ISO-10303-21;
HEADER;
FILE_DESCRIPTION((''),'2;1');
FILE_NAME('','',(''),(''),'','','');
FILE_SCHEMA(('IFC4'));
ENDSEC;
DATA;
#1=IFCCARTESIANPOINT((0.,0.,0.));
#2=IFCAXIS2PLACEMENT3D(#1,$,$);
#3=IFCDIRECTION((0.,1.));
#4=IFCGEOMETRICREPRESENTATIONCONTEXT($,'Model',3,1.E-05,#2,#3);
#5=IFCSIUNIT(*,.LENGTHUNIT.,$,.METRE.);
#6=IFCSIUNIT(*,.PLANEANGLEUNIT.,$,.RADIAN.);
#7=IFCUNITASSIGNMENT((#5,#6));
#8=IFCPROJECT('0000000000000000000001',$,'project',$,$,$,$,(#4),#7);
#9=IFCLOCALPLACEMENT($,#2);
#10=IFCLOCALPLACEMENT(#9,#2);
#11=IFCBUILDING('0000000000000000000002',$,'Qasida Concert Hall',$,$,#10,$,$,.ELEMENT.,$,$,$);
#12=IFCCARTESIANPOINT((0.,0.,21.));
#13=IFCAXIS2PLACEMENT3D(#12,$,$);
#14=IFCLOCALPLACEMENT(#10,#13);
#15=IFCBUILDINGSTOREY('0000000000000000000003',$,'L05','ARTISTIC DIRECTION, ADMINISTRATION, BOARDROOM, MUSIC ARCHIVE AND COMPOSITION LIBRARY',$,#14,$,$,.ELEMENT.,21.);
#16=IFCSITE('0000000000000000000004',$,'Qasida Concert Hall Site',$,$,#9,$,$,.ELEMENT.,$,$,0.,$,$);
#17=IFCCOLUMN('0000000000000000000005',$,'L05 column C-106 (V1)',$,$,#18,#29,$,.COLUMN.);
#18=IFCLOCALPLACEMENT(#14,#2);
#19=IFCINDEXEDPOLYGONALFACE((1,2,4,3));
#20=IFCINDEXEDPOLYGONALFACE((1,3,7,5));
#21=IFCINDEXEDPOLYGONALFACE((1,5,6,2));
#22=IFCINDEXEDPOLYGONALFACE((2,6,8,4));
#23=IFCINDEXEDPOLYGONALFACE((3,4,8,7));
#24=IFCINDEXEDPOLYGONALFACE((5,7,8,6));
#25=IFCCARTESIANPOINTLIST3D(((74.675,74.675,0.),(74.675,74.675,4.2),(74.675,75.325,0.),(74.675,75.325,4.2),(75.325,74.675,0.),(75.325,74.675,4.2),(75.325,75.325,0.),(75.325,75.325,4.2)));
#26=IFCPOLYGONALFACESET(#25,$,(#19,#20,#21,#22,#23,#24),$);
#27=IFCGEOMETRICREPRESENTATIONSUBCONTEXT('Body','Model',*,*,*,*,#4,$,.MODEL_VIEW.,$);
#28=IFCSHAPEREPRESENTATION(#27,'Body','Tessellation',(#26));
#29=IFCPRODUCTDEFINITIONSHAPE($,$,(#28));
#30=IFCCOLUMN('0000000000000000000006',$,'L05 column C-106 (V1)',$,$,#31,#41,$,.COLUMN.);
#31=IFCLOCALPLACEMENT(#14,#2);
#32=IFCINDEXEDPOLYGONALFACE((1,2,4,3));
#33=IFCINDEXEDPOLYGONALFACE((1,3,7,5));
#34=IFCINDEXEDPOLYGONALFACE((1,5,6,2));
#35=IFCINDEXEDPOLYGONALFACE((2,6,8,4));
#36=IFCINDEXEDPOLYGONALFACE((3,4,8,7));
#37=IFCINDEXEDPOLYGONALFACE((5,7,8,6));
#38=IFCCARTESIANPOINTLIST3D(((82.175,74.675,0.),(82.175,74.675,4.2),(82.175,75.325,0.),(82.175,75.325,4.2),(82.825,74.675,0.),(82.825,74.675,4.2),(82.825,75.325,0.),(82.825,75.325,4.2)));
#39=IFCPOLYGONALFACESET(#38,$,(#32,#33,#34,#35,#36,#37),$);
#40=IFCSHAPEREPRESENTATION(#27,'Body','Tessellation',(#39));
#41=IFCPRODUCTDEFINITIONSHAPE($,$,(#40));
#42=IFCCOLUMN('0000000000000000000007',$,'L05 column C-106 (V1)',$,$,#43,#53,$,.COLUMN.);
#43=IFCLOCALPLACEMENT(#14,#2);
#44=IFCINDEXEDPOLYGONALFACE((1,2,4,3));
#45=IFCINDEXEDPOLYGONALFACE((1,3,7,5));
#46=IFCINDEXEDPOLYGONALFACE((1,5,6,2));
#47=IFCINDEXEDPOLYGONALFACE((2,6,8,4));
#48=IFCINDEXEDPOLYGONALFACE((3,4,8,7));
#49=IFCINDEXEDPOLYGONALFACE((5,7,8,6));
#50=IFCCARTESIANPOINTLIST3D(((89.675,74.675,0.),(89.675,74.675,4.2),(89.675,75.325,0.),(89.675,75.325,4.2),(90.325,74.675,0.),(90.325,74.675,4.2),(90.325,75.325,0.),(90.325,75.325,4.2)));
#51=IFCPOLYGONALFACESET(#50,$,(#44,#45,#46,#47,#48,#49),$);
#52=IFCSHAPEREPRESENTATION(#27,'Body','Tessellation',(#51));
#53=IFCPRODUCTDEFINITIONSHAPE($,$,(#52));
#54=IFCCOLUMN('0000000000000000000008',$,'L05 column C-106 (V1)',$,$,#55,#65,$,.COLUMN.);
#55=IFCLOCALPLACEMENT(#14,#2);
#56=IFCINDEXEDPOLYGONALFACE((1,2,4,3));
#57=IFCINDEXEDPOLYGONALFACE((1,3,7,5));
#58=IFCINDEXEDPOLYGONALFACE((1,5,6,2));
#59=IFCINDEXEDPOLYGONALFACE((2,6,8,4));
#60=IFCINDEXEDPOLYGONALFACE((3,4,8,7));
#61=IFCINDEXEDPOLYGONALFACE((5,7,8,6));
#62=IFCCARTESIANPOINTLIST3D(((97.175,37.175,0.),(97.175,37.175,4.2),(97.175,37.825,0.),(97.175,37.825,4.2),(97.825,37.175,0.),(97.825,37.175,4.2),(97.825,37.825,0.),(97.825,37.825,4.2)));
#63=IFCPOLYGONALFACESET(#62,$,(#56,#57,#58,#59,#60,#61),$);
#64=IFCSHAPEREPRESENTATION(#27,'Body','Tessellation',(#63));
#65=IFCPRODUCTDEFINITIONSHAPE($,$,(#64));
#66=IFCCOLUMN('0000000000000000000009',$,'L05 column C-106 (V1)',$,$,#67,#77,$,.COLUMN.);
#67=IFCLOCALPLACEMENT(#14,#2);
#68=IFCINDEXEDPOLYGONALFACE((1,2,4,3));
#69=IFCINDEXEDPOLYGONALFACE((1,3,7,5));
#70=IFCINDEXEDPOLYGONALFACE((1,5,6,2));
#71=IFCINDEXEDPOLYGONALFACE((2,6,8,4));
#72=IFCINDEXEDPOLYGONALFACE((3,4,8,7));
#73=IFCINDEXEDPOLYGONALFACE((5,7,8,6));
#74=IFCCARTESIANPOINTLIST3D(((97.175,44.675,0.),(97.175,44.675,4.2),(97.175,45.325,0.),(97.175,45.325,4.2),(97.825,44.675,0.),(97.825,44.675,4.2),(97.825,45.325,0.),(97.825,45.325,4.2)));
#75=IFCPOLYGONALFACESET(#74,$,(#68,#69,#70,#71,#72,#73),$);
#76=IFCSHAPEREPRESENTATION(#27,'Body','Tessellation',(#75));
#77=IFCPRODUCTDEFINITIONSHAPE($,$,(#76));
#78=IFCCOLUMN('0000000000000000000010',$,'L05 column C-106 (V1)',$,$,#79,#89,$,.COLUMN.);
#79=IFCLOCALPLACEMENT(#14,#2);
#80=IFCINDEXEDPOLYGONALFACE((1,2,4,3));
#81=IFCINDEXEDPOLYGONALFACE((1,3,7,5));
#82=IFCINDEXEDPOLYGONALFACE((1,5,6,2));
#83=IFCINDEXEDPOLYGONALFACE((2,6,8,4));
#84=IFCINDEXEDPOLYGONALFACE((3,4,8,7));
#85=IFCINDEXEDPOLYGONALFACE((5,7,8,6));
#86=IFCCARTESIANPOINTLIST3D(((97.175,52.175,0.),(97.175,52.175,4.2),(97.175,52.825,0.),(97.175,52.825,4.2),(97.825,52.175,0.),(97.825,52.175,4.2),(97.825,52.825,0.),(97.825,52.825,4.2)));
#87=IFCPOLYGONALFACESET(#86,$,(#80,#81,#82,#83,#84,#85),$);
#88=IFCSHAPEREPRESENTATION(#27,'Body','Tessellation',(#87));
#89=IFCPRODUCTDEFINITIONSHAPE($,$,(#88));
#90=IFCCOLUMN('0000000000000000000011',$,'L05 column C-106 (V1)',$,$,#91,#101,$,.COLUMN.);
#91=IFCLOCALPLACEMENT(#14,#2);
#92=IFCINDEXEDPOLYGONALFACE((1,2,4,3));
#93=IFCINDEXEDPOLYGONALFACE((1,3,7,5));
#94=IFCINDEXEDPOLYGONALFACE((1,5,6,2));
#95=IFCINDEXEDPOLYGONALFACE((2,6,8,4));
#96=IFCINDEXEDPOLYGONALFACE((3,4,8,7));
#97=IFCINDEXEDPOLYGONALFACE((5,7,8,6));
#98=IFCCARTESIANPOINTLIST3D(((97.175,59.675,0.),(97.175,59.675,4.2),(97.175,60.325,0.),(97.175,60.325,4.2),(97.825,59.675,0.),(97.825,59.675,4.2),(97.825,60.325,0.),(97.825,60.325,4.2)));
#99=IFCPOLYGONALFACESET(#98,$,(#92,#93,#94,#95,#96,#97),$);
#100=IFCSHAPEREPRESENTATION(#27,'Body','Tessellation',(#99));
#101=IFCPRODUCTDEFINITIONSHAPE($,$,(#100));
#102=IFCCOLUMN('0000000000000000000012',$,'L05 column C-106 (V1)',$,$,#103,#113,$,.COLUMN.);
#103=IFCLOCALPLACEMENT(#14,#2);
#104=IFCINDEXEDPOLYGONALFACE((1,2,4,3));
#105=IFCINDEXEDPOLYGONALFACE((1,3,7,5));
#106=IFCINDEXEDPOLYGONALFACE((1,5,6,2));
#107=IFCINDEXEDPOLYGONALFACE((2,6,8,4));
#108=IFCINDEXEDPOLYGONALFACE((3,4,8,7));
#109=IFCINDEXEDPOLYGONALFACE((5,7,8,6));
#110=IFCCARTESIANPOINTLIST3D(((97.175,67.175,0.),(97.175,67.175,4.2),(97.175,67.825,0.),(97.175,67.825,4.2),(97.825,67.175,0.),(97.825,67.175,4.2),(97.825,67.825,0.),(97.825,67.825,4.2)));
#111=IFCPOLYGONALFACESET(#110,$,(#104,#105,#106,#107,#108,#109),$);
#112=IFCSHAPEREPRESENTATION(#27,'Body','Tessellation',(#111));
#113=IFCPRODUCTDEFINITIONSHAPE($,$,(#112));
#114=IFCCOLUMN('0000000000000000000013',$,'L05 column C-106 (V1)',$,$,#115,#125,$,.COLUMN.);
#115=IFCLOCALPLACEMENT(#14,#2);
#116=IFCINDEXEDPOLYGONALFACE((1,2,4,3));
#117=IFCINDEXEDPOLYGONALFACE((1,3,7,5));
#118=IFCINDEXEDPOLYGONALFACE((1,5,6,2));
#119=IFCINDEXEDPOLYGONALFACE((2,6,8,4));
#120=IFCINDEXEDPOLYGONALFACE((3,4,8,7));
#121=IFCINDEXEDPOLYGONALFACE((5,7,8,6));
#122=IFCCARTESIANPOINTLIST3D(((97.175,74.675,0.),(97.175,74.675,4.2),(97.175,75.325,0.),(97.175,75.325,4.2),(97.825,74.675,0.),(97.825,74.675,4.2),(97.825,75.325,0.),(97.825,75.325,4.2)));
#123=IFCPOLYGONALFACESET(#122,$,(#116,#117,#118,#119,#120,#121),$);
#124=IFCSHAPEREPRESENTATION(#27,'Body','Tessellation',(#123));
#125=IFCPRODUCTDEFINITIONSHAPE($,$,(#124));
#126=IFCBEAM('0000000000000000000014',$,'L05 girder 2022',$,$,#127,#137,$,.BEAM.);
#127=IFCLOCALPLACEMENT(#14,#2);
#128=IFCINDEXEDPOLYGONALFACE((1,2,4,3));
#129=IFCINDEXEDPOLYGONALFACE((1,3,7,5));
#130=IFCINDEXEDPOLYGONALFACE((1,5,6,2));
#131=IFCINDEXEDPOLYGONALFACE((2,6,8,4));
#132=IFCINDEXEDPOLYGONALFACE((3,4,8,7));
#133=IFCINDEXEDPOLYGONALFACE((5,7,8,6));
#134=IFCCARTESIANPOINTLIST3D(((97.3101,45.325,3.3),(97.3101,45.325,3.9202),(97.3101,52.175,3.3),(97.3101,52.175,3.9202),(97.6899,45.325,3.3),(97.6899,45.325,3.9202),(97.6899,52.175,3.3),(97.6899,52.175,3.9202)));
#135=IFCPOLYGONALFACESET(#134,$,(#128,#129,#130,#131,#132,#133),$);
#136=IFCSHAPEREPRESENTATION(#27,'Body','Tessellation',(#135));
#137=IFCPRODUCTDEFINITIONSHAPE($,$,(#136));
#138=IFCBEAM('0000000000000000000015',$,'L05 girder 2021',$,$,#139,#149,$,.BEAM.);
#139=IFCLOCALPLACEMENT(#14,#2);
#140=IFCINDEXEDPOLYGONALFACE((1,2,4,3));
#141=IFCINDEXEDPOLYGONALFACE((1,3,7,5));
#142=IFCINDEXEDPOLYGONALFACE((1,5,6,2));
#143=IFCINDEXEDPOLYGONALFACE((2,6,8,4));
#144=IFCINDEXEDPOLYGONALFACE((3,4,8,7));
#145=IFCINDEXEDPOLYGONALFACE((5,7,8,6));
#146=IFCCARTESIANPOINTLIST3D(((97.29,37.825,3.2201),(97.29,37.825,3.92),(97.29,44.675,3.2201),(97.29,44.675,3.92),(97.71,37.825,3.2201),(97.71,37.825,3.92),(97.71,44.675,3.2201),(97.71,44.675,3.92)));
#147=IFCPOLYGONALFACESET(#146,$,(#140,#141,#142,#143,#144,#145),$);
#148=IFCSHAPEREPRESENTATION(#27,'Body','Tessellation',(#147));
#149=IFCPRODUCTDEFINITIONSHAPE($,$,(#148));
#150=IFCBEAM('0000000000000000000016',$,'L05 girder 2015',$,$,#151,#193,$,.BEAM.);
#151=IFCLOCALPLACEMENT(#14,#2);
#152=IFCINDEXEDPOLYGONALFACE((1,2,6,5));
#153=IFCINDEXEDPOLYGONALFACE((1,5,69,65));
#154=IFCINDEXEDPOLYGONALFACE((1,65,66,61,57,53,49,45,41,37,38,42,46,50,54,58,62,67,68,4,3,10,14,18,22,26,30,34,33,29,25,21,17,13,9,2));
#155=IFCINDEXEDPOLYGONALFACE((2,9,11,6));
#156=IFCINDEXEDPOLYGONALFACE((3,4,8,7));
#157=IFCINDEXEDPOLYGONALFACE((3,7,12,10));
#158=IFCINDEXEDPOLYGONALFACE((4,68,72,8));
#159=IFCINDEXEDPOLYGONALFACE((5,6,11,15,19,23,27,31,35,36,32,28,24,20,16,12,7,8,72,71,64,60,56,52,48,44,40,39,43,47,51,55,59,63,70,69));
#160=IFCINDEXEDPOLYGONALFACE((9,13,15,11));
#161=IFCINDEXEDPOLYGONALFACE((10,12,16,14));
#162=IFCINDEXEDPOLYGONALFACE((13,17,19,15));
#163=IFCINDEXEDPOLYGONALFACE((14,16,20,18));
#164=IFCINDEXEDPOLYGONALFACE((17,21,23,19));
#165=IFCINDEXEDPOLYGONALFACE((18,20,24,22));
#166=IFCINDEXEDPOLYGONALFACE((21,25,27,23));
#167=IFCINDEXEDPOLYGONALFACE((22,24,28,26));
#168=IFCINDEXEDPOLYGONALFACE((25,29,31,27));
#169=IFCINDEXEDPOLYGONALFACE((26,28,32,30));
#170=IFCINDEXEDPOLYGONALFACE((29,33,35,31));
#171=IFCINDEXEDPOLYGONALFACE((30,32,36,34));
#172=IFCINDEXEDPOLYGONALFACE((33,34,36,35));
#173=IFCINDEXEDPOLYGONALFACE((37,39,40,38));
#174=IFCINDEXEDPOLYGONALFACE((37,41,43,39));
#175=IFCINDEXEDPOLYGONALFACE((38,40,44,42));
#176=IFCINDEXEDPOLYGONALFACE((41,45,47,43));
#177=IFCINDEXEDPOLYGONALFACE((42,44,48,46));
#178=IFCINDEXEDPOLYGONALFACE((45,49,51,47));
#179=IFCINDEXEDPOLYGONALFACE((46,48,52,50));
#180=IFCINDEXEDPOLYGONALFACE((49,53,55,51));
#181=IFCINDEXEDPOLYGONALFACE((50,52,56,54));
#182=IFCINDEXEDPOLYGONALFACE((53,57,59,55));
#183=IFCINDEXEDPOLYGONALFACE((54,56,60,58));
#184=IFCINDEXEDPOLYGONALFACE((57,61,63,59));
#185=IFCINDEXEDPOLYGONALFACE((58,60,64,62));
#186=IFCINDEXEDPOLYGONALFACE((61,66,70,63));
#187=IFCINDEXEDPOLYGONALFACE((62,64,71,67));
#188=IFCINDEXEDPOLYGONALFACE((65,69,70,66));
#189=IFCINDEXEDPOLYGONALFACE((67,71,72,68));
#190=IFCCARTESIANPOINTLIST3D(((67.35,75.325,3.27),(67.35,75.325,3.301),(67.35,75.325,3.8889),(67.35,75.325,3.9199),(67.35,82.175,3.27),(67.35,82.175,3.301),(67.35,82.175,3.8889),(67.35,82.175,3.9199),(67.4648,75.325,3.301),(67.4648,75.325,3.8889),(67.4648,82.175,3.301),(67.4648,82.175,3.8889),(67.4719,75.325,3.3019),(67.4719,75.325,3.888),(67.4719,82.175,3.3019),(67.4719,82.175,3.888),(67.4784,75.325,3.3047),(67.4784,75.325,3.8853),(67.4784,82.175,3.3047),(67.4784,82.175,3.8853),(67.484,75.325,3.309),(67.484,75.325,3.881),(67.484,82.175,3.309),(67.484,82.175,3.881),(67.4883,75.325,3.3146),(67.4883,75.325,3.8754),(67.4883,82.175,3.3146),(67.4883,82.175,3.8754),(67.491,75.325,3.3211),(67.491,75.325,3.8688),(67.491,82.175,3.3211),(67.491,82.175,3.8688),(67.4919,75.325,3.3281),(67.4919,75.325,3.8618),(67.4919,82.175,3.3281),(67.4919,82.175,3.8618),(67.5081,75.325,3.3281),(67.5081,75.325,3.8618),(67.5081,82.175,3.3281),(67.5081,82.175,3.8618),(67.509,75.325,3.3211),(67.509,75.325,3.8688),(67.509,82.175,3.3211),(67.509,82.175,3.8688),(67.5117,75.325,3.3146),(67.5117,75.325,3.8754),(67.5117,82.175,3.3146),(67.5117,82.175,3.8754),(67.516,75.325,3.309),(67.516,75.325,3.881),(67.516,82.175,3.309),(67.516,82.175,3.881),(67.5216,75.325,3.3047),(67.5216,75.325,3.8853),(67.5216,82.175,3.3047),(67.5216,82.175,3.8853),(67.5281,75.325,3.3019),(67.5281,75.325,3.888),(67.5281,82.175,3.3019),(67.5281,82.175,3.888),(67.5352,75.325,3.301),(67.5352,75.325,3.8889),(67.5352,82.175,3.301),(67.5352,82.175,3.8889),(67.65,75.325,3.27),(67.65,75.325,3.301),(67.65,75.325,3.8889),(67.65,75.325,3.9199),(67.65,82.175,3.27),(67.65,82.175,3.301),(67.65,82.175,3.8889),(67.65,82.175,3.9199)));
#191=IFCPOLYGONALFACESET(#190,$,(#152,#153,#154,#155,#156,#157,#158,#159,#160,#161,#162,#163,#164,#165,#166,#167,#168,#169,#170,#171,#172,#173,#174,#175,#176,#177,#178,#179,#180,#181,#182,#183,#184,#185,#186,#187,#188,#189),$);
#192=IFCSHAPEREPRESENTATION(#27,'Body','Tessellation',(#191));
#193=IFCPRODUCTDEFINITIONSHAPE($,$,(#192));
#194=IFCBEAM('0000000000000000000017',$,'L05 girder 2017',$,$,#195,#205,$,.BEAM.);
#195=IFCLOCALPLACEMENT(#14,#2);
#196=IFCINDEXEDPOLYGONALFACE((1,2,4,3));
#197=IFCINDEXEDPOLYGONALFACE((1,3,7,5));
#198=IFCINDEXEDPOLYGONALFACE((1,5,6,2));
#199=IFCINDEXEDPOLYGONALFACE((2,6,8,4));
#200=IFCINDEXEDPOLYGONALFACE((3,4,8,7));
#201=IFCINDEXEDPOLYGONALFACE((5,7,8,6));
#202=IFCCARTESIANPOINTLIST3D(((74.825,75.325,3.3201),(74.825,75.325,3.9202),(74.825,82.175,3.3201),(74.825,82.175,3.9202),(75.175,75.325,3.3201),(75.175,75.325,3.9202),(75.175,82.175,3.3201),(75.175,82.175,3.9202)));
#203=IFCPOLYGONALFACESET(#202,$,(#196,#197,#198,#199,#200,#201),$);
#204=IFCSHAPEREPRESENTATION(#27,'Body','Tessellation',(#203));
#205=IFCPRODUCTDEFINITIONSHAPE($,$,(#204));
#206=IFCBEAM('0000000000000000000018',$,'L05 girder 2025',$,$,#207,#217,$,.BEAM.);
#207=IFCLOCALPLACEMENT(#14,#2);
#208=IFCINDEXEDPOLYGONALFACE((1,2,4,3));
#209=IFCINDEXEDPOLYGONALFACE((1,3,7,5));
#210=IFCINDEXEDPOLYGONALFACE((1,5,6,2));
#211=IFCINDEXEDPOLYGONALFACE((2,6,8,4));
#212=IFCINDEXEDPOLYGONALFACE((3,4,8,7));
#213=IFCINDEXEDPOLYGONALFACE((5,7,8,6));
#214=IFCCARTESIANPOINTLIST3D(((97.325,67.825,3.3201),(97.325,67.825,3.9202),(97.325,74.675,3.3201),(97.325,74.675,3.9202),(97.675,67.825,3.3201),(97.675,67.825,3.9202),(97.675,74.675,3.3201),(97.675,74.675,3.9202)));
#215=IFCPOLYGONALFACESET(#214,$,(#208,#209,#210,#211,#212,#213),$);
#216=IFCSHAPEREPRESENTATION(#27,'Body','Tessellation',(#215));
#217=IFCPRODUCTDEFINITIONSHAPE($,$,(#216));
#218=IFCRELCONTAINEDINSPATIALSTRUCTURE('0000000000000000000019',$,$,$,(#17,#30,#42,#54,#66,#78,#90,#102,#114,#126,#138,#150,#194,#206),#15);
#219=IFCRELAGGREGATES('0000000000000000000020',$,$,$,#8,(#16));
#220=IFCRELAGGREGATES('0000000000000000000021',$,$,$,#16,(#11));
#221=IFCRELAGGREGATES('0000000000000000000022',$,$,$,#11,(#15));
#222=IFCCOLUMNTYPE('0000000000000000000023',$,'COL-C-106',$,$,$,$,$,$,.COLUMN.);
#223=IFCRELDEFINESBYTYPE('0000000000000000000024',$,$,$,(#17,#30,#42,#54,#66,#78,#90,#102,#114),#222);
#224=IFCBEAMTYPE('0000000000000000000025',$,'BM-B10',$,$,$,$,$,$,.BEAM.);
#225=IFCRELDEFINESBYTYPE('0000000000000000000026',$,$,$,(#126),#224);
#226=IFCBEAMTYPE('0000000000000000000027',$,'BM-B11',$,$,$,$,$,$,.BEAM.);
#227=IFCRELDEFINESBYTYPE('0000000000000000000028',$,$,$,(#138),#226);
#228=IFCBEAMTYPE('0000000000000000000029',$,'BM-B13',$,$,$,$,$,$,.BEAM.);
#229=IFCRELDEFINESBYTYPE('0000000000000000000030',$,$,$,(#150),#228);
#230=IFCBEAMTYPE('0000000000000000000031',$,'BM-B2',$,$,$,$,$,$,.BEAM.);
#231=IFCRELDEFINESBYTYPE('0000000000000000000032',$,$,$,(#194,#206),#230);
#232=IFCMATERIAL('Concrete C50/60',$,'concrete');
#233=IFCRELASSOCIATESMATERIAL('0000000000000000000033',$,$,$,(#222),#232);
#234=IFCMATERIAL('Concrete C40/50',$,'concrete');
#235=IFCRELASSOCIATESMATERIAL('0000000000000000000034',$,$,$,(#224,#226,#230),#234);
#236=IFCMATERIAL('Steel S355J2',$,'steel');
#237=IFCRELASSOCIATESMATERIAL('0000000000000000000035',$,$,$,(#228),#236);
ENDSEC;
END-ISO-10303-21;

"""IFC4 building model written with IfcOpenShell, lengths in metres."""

from ifc_helpers import new_model, si_unit, direction, frame, origin, origin_2d, place, context, subcontext, project, spatial, rectangle, i_section, extrude, material, material_profile, profile_set, type_object, element, save


model = new_model("IFC4")

# Units and contexts
model_context = context("Model", 3, precision=1e-05, world=origin(), true_north=direction((0.0, 1.0)))
body_context = subcontext(model_context, "Body", "Model", "MODEL_VIEW")
ifc_project = project(units=[si_unit("LENGTHUNIT", "METRE"), si_unit("PLANEANGLEUNIT", "RADIAN")], contexts=[model_context])

# Site, building, storey
site_placement = place(None, origin())
site = spatial("IfcSite", under=ifc_project, at=site_placement, Name="Qasida Concert Hall Site", CompositionType="ELEMENT", RefElevation=0.0)
building_placement = place(site_placement, origin())
building = spatial("IfcBuilding", under=site, at=building_placement, Name="Qasida Concert Hall", CompositionType="ELEMENT")
storey_placement = place(building_placement, frame((0.0, 0.0, 21.0)))
storey = spatial("IfcBuildingStorey", under=building, at=storey_placement, Name="L05", Description="ARTISTIC DIRECTION, ADMINISTRATION, BOARDROOM, MUSIC ARCHIVE AND COMPOSITION LIBRARY", CompositionType="ELEMENT", Elevation=21.0)

# Columns
ifc_material_1 = material(Name="Concrete C50/60", Category="concrete")
ifc_material_profile_1 = material_profile(ifc_material_1, rectangle(XDim=0.6499, YDim=0.6499, at=origin_2d()), Name="RC 650x650")
ifc_profile_set_1 = profile_set([ifc_material_profile_1], Name="Concrete C50/60")
column_type = type_object("IfcColumnType", Name="COL-C-106", PredefinedType="COLUMN", material=ifc_profile_set_1)
for number, where, z_axis, x_axis, name in (
    (1, (75.0, 75.0, 0.0), (0.0, 0.0, 1.0), (1.0, 0.0, 0.0), "L05 column C-106 (V1)"),
    (2, (82.5, 75.0, 0.0), (0.0, 0.0, 1.0), (1.0, 0.0, 0.0), "L05 column C-106 (V1)"),
    (3, (90.0, 75.0, 0.0), (0.0, 0.0, 1.0), (1.0, 0.0, 0.0), "L05 column C-106 (V1)"),
    (4, (97.5, 37.5, 0.0), (0.0, 0.0, 1.0), (1.0, 0.0, 0.0), "L05 column C-106 (V1)"),
    (5, (97.5, 45.0, 0.0), (0.0, 0.0, 1.0), (1.0, 0.0, 0.0), "L05 column C-106 (V1)"),
    (6, (97.5, 52.5, 0.0), (0.0, 0.0, 1.0), (1.0, 0.0, 0.0), "L05 column C-106 (V1)"),
    (7, (97.5, 60.0, 0.0), (0.0, 0.0, 1.0), (1.0, 0.0, 0.0), "L05 column C-106 (V1)"),
    (8, (97.5, 67.5, 0.0), (0.0, 0.0, 1.0), (1.0, 0.0, 0.0), "L05 column C-106 (V1)"),
    (9, (97.5, 75.0, 0.0), (0.0, 0.0, 1.0), (1.0, 0.0, 0.0), "L05 column C-106 (V1)"),
):
    element("IfcColumn", number, at=place(storey_placement, frame(where, z_axis=z_axis, x_axis=x_axis)), inside=storey, type_object=column_type, Name=name, PredefinedType="COLUMN", context=body_context, shape_type="SweptSolid", body=[
        extrude(rectangle(XDim=0.6499, YDim=0.6499, at=origin_2d()), origin(), (0.0, 0.0, 1.0), 4.2),
    ])

# Beams
ifc_material_2 = material(Name="Concrete C40/50", Category="concrete")
ifc_material_profile_2 = material_profile(ifc_material_2, rectangle(XDim=0.3799, YDim=0.6201, at=origin_2d()), Name="RC 380x620")
ifc_profile_set_2 = profile_set([ifc_material_profile_2], Name="Concrete C40/50")
beam_type_1 = type_object("IfcBeamType", Name="BM-B10", PredefinedType="BEAM", material=ifc_profile_set_2)
beam_1_placement = place(storey_placement, frame((97.5, 45.325, 3.6101), z_axis=(0.0, 1.0, 0.0), x_axis=(-1.0, 0.0, 0.0)))
element("IfcBeam", 10, at=beam_1_placement, inside=storey, type_object=beam_type_1, Name="L05 girder 2022", PredefinedType="BEAM", context=body_context, shape_type="SweptSolid", body=[
    extrude(rectangle(XDim=0.3799, YDim=0.6201, at=origin_2d()), origin(), (0.0, 0.0, 1.0), 6.8501),
])
ifc_material_profile_3 = material_profile(ifc_material_2, rectangle(XDim=0.4199, YDim=0.7, at=origin_2d()), Name="RC 420x700")
ifc_profile_set_3 = profile_set([ifc_material_profile_3], Name="Concrete C40/50")
beam_type_2 = type_object("IfcBeamType", Name="BM-B11", PredefinedType="BEAM", material=ifc_profile_set_3)
beam_2_placement = place(storey_placement, frame((97.5, 37.825, 3.5701), z_axis=(0.0, 1.0, 0.0), x_axis=(-1.0, 0.0, 0.0)))
element("IfcBeam", 11, at=beam_2_placement, inside=storey, type_object=beam_type_2, Name="L05 girder 2021", PredefinedType="BEAM", context=body_context, shape_type="SweptSolid", body=[
    extrude(rectangle(XDim=0.4199, YDim=0.7, at=origin_2d()), origin(), (0.0, 0.0, 1.0), 6.8501),
])
ifc_material_3 = material(Name="Steel S355J2", Category="steel")
ifc_material_profile_4 = material_profile(ifc_material_3, i_section(OverallWidth=0.3, OverallDepth=0.6499, WebThickness=0.0161, FlangeThickness=0.031, FilletRadius=0.0271, at=origin_2d()), Name="HEB 650")
ifc_profile_set_4 = profile_set([ifc_material_profile_4], Name="Steel S355J2")
beam_type_3 = type_object("IfcBeamType", Name="BM-B13", PredefinedType="BEAM", material=ifc_profile_set_4)
beam_3_placement = place(storey_placement, frame((67.5, 75.325, 3.595), z_axis=(0.0, 1.0, 0.0), x_axis=(-1.0, 0.0, 0.0)))
element("IfcBeam", 12, at=beam_3_placement, inside=storey, type_object=beam_type_3, Name="L05 girder 2015", PredefinedType="BEAM", context=body_context, shape_type="SweptSolid", body=[
    extrude(i_section(OverallWidth=0.3, OverallDepth=0.6499, WebThickness=0.0161, FlangeThickness=0.031, FilletRadius=0.0271, at=origin_2d()), origin(), (0.0, 0.0, 1.0), 6.8501),
])
ifc_material_profile_5 = material_profile(ifc_material_2, rectangle(XDim=0.3501, YDim=0.6001, at=origin_2d()), Name="RC 350x600")
ifc_profile_set_5 = profile_set([ifc_material_profile_5], Name="Concrete C40/50")
beam_type_4 = type_object("IfcBeamType", Name="BM-B2", PredefinedType="BEAM", material=ifc_profile_set_5)
for number, where, z_axis, x_axis, name in (
    (13, (75.0, 75.325, 3.6201), (0.0, 1.0, 0.0), (-1.0, 0.0, 0.0), "L05 girder 2017"),
    (14, (97.5, 67.825, 3.6201), (0.0, 1.0, 0.0), (-1.0, 0.0, 0.0), "L05 girder 2025"),
):
    element("IfcBeam", number, at=place(storey_placement, frame(where, z_axis=z_axis, x_axis=x_axis)), inside=storey, type_object=beam_type_4, Name=name, PredefinedType="BEAM", context=body_context, shape_type="SweptSolid", body=[
        extrude(rectangle(XDim=0.3501, YDim=0.6001, at=origin_2d()), origin(), (0.0, 0.0, 1.0), 6.8501),
    ])

save(model, "model.ifc")
